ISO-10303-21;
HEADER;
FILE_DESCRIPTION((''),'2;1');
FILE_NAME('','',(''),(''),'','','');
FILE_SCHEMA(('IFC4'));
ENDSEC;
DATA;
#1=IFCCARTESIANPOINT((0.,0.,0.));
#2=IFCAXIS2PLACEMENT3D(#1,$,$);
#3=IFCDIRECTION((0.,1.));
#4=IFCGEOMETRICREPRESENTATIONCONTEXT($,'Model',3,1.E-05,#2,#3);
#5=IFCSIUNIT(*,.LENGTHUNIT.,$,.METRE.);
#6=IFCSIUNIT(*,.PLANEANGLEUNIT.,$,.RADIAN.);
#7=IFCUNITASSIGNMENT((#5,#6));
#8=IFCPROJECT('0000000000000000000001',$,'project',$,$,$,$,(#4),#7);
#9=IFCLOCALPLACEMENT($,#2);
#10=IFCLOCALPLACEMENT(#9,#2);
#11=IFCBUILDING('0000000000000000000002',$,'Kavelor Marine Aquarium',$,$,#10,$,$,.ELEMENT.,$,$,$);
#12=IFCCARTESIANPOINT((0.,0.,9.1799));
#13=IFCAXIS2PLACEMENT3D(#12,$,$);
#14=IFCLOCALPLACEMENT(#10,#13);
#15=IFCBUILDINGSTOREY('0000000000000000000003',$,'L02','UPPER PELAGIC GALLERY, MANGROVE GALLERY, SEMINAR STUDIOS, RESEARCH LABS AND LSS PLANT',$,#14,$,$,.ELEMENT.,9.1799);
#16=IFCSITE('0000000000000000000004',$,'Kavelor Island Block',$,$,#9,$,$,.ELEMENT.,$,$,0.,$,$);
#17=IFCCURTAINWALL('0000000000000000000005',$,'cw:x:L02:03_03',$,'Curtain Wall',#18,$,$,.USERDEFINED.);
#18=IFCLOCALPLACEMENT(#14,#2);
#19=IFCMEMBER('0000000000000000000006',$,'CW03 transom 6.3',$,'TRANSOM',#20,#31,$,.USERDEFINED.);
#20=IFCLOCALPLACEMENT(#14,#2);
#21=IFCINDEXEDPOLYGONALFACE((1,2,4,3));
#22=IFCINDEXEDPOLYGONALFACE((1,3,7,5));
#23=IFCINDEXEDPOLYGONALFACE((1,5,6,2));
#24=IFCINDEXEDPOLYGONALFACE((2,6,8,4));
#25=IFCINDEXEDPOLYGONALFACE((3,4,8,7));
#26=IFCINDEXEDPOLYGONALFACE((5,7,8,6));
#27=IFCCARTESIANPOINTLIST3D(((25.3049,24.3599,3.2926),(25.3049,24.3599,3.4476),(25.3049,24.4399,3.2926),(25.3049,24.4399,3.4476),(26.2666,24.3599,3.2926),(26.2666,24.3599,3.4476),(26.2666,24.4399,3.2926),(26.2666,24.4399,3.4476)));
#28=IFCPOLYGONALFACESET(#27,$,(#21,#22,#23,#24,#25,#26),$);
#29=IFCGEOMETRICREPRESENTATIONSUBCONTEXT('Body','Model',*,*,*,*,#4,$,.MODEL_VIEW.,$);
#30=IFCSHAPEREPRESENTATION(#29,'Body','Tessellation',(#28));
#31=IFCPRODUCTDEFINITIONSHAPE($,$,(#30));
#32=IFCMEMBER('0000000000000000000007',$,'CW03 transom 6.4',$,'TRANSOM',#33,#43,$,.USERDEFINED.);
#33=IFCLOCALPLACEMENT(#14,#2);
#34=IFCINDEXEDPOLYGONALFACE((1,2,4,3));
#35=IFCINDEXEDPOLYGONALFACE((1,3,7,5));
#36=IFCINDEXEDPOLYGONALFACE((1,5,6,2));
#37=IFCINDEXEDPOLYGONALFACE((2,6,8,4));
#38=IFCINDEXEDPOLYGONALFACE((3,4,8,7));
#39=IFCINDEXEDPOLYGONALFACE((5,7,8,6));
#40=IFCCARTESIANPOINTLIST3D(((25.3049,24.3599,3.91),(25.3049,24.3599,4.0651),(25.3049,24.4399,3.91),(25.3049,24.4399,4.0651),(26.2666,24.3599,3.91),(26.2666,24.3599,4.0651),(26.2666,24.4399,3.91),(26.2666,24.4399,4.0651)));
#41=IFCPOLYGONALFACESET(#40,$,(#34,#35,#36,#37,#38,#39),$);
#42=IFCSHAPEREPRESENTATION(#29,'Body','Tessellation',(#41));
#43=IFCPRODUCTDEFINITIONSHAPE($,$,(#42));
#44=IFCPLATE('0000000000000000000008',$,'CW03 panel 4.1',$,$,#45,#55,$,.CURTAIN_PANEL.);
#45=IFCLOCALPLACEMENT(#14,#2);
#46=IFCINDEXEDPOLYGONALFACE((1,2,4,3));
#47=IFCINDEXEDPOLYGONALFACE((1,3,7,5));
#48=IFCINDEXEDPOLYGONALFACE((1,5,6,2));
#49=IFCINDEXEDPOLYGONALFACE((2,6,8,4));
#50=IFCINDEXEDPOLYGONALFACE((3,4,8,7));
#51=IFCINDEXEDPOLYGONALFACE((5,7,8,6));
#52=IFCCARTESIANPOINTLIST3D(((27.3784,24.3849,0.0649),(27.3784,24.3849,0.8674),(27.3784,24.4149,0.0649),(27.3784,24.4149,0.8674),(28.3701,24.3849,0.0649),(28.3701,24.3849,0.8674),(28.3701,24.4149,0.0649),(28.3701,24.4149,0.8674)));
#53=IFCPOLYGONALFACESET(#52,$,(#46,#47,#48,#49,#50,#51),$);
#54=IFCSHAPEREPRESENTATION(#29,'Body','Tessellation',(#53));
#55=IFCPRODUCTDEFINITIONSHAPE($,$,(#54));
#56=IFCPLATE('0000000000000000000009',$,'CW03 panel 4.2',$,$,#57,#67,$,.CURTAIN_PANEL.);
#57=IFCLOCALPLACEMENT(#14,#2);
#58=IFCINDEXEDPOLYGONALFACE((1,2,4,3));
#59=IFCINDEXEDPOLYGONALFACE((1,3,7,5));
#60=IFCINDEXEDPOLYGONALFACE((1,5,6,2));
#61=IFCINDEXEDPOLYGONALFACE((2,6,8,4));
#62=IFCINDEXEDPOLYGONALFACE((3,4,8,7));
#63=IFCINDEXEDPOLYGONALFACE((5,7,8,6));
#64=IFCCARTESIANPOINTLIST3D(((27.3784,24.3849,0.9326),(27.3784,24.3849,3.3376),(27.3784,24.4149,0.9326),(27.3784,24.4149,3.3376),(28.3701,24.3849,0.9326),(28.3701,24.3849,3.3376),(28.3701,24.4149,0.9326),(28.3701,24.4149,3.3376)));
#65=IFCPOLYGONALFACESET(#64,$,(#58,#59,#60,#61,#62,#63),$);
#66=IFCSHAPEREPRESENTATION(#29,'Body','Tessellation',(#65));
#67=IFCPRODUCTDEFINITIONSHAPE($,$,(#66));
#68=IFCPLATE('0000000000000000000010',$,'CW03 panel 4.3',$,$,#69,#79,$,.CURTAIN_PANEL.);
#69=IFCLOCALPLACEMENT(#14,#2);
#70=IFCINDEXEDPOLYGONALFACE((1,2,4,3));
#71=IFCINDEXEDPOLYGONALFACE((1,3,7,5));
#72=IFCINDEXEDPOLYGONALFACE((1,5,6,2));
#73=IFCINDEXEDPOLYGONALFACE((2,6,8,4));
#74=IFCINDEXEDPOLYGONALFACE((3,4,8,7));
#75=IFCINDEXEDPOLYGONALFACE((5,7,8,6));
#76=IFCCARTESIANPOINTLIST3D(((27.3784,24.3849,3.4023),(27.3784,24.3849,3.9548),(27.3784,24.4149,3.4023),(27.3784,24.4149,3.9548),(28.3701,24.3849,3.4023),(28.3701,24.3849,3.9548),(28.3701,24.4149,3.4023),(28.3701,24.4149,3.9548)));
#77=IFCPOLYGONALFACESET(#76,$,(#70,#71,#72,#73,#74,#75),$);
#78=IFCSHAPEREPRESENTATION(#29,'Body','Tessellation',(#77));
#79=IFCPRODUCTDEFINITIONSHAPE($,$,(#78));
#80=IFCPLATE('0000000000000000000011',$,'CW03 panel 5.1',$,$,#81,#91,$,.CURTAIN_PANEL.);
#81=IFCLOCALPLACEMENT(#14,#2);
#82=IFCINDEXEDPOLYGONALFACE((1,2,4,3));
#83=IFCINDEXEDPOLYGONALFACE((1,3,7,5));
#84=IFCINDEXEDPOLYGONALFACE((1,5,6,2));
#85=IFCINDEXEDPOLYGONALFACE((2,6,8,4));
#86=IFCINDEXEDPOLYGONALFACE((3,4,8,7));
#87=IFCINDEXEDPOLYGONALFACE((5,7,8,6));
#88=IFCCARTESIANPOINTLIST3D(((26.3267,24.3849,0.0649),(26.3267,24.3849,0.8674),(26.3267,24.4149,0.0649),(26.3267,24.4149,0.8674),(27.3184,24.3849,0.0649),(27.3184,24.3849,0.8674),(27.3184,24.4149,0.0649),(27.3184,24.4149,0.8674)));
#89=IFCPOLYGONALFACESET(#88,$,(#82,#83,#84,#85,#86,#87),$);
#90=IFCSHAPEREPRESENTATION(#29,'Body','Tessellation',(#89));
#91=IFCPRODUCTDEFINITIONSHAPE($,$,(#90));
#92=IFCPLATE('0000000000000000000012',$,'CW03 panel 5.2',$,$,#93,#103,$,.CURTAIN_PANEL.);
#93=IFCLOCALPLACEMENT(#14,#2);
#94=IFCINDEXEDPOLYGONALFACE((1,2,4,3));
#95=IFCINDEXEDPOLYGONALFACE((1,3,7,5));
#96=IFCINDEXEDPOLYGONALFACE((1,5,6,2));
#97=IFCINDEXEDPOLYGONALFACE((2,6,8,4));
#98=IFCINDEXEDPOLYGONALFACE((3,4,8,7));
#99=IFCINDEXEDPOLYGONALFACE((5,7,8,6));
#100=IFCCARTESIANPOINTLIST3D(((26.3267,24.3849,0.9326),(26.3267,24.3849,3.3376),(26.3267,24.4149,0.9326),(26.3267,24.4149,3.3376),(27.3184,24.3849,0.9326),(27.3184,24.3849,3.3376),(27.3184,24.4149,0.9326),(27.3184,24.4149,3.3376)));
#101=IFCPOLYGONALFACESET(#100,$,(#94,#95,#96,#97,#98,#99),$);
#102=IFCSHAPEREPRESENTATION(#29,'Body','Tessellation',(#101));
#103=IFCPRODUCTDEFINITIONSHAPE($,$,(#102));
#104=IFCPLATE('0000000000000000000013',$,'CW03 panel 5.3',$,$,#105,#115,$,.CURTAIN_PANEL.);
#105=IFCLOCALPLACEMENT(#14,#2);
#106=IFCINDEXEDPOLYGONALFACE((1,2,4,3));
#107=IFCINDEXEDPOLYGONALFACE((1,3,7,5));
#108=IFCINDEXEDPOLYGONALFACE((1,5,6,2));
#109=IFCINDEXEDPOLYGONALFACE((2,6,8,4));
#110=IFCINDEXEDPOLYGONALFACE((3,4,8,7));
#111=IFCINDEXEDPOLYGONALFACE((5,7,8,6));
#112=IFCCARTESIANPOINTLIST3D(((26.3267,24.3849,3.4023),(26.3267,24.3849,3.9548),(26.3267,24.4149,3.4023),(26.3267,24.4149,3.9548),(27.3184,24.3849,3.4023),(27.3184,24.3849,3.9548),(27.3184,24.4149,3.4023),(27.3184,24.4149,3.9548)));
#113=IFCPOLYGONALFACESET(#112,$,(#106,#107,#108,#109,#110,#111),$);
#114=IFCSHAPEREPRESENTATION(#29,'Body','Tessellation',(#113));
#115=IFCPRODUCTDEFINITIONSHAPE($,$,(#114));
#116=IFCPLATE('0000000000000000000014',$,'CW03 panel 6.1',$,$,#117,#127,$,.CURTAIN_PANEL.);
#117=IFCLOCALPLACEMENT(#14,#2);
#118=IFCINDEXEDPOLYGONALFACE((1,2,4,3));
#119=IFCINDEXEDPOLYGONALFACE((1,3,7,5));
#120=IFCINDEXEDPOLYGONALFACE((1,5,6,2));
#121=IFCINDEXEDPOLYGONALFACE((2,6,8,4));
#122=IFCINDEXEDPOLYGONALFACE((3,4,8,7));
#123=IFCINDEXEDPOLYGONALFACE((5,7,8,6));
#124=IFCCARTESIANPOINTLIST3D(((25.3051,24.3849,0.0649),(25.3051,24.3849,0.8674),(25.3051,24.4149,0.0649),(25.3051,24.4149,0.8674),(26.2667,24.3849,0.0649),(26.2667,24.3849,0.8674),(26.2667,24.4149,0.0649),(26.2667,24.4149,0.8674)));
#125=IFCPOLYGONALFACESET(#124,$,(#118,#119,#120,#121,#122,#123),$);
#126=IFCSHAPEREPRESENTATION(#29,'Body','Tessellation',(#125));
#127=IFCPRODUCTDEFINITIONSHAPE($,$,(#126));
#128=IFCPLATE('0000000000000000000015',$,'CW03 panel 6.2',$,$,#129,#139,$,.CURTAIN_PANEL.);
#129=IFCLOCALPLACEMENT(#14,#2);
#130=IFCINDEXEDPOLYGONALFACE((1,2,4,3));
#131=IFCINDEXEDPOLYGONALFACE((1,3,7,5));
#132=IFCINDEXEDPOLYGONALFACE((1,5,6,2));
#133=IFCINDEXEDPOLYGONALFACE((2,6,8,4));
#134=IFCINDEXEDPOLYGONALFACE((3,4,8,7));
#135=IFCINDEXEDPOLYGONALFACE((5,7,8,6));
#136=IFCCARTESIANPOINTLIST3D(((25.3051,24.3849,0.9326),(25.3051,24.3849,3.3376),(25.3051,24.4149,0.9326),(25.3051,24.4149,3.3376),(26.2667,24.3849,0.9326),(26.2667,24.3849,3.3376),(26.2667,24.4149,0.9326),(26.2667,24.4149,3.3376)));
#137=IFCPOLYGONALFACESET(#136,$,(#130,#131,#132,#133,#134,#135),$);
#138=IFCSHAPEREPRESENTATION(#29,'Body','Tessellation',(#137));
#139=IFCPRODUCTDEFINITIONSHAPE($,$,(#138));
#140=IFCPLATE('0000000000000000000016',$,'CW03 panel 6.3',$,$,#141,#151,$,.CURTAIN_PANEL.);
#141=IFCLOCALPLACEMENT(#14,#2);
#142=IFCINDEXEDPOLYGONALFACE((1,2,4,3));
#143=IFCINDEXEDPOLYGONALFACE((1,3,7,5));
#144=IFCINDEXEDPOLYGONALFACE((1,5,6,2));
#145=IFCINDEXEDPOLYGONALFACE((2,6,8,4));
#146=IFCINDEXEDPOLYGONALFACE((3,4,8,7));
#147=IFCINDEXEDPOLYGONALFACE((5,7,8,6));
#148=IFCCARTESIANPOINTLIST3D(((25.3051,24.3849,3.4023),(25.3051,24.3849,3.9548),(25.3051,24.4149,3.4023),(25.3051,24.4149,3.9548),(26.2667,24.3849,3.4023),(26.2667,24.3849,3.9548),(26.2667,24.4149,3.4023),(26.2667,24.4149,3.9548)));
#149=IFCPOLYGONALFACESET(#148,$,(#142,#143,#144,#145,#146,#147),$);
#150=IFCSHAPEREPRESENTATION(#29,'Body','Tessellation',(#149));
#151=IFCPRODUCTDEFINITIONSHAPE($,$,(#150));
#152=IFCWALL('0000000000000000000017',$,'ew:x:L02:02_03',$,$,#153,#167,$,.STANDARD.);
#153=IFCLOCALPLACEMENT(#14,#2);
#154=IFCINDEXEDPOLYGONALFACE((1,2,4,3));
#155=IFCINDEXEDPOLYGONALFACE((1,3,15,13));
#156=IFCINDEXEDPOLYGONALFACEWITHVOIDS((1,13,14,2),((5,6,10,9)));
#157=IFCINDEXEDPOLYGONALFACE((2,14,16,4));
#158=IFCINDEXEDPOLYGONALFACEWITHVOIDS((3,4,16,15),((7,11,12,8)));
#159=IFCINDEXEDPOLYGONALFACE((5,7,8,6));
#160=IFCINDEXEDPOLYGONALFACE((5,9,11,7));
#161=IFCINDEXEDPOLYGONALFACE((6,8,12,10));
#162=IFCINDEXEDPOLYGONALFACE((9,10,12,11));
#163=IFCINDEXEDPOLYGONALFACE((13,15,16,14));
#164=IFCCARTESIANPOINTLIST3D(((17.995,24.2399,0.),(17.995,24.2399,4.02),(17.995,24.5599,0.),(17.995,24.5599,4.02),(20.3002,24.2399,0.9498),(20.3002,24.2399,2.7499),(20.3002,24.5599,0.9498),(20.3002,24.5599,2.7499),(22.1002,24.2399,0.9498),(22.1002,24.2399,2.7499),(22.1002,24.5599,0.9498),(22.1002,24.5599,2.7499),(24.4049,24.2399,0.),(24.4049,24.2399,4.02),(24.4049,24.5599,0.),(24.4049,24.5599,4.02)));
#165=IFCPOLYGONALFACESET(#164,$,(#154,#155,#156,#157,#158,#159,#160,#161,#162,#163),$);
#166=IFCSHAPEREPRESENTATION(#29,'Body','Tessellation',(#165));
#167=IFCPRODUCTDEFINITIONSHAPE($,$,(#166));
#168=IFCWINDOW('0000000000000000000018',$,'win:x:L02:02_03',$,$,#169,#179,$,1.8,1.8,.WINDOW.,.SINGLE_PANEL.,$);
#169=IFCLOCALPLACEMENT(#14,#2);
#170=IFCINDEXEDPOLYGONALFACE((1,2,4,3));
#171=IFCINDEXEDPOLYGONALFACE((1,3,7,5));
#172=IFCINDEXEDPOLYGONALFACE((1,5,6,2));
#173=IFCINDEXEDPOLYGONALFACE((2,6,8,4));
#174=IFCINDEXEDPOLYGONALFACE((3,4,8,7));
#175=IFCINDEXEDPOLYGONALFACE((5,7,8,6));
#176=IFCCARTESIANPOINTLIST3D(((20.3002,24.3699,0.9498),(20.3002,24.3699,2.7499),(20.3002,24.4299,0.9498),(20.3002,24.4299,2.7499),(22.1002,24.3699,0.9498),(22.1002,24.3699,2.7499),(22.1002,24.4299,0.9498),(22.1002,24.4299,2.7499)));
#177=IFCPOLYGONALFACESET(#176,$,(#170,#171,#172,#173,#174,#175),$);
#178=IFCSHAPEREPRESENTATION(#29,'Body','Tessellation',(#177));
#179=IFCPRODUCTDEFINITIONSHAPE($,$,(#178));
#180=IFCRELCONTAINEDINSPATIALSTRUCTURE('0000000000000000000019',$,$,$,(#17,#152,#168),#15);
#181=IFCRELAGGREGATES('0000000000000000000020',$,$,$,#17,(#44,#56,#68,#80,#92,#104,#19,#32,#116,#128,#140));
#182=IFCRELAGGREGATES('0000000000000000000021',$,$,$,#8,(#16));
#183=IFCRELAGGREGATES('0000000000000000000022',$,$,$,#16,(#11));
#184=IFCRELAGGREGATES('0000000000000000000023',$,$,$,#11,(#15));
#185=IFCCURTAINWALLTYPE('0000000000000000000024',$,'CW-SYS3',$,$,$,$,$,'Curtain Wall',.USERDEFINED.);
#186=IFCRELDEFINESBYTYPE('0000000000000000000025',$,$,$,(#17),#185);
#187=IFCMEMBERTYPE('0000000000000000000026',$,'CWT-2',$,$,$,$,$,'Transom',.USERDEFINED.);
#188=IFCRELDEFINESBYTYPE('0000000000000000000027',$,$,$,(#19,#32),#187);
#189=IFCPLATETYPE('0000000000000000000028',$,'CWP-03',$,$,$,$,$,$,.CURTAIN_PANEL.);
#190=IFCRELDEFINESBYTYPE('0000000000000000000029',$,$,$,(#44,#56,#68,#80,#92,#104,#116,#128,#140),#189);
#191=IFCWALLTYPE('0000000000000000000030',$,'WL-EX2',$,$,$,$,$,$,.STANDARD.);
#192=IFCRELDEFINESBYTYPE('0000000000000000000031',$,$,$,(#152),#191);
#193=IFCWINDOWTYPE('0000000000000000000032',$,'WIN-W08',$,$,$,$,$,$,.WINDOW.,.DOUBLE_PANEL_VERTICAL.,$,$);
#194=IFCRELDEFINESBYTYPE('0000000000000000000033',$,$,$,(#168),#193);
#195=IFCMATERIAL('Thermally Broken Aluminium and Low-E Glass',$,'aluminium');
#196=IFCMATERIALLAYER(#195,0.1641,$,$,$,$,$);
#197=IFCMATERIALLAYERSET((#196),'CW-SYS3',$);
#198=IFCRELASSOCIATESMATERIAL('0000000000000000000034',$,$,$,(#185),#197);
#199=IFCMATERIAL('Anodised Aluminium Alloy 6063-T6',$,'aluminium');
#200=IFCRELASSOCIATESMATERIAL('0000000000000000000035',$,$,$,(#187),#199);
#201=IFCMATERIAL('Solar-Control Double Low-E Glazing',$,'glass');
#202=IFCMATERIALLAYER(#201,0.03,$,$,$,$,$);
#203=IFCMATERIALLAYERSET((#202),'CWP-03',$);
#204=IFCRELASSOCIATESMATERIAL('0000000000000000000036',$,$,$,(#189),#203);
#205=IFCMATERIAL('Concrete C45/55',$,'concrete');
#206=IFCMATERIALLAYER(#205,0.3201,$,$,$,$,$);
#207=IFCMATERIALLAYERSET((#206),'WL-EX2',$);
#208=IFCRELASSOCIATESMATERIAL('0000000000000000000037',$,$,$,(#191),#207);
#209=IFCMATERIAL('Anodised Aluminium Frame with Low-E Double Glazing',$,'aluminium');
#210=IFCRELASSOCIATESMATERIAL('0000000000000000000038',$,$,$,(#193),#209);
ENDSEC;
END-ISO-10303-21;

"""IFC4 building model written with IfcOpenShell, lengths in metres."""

from ifc_helpers import new_model, si_unit, direction, frame, frame_2d, origin, origin_2d, place, context, subcontext, project, spatial, rectangle, extrude, material, layer, layer_set, material_profile, profile_set, type_object, element, fill, aggregate, save


model = new_model("IFC4")

# Units and contexts
model_context = context("Model", 3, precision=1e-05, world=origin(), true_north=direction((0.0, 1.0)))
body_context = subcontext(model_context, "Body", "Model", "MODEL_VIEW")
ifc_project = project(units=[si_unit("LENGTHUNIT", "METRE"), si_unit("PLANEANGLEUNIT", "RADIAN")], contexts=[model_context])

# Site, building, storey
site_placement = place(None, origin())
site = spatial("IfcSite", under=ifc_project, at=site_placement, Name="Kavelor Island Block", CompositionType="ELEMENT", RefElevation=0.0)
building_placement = place(site_placement, origin())
building = spatial("IfcBuilding", under=site, at=building_placement, Name="Kavelor Marine Aquarium", CompositionType="ELEMENT")
storey_placement = place(building_placement, frame((0.0, 0.0, 9.1799)))
storey = spatial("IfcBuildingStorey", under=building, at=storey_placement, Name="L02", Description="UPPER PELAGIC GALLERY, MANGROVE GALLERY, SEMINAR STUDIOS, RESEARCH LABS AND LSS PLANT", CompositionType="ELEMENT", Elevation=9.1799)

# Curtain wall, members, plates
ifc_material_1 = material(Name="Thermally Broken Aluminium and Low-E Glass", Category="aluminium")
ifc_layer_1 = layer(ifc_material_1, 0.1641)
ifc_layer_set_1 = layer_set([ifc_layer_1], Name="CW-SYS3")
curtain_wall_type = type_object("IfcCurtainWallType", Name="CW-SYS3", ElementType="Curtain Wall", PredefinedType="USERDEFINED", material=ifc_layer_set_1)
curtain_wall_placement = place(storey_placement, origin())
curtain_wall = element("IfcCurtainWall", 1, at=curtain_wall_placement, inside=storey, type_object=curtain_wall_type, Name="cw:x:L02:03_03", ObjectType="Curtain Wall", PredefinedType="USERDEFINED")
ifc_material_2 = material(Name="Anodised Aluminium Alloy 6063-T6", Category="aluminium")
ifc_material_profile_1 = material_profile(ifc_material_2, rectangle(XDim=0.0801, YDim=0.155, at=origin_2d()), Name="CW-TRN 80x155")
ifc_profile_set_1 = profile_set([ifc_material_profile_1], Name="Anodised Aluminium Alloy 6063-T6")
member_type_1 = type_object("IfcMemberType", Name="CWT-2", ElementType="Transom", PredefinedType="USERDEFINED", material=ifc_profile_set_1)
member_1_placement = place(storey_placement, frame((26.2666, 24.3999, 3.3701), z_axis=(-1.0, 0.0, 0.0), x_axis=(0.0, -1.0, 0.0)))
member_1 = element("IfcMember", 2, at=member_1_placement, type_object=member_type_1, Name="CW03 transom 6.3", ObjectType="TRANSOM", PredefinedType="USERDEFINED", context=body_context, shape_type="SweptSolid", body=[
    extrude(rectangle(XDim=0.0801, YDim=0.155, at=origin_2d()), origin(), (0.0, 0.0, 1.0), 0.9617),
])
member_2_placement = place(storey_placement, frame((26.2666, 24.3999, 3.9875), z_axis=(-1.0, 0.0, 0.0), x_axis=(0.0, -1.0, 0.0)))
member_2 = element("IfcMember", 3, at=member_2_placement, type_object=member_type_1, Name="CW03 transom 6.4", ObjectType="TRANSOM", PredefinedType="USERDEFINED", context=body_context, shape_type="SweptSolid", body=[
    extrude(rectangle(XDim=0.0801, YDim=0.155, at=origin_2d()), origin(), (0.0, 0.0, 1.0), 0.9617),
])
ifc_material_3 = material(Name="Solar-Control Double Low-E Glazing", Category="glass")
ifc_layer_2 = layer(ifc_material_3, 0.03)
ifc_layer_set_2 = layer_set([ifc_layer_2], Name="CWP-03")
plate_type = type_object("IfcPlateType", Name="CWP-03", PredefinedType="CURTAIN_PANEL", material=ifc_layer_set_2)
plate_1_placement = place(storey_placement, frame((27.8743, 24.3999, 0.0649), z_axis=(0.0, 0.0, 1.0), x_axis=(-1.0, 0.0, 0.0)))
plate_1 = element("IfcPlate", 4, at=plate_1_placement, type_object=plate_type, Name="CW03 panel 4.1", PredefinedType="CURTAIN_PANEL", context=body_context, shape_type="SweptSolid", body=[
    extrude(rectangle(XDim=0.9917, YDim=0.03, at=origin_2d()), origin(), (0.0, 0.0, 1.0), 0.8025),
])
plate_2_placement = place(storey_placement, frame((27.8743, 24.3999, 0.9326), z_axis=(0.0, 0.0, 1.0), x_axis=(-1.0, 0.0, 0.0)))
plate_2 = element("IfcPlate", 5, at=plate_2_placement, type_object=plate_type, Name="CW03 panel 4.2", PredefinedType="CURTAIN_PANEL", context=body_context, shape_type="SweptSolid", body=[
    extrude(rectangle(XDim=0.9917, YDim=0.03, at=origin_2d()), origin(), (0.0, 0.0, 1.0), 2.405),
])
plate_3_placement = place(storey_placement, frame((27.8743, 24.3999, 3.4023), z_axis=(0.0, 0.0, 1.0), x_axis=(-1.0, 0.0, 0.0)))
plate_3 = element("IfcPlate", 6, at=plate_3_placement, type_object=plate_type, Name="CW03 panel 4.3", PredefinedType="CURTAIN_PANEL", context=body_context, shape_type="SweptSolid", body=[
    extrude(rectangle(XDim=0.9917, YDim=0.03, at=origin_2d()), origin(), (0.0, 0.0, 1.0), 0.5525),
])
plate_4_placement = place(storey_placement, frame((26.8225, 24.3999, 0.0649), z_axis=(0.0, 0.0, 1.0), x_axis=(-1.0, 0.0, 0.0)))
plate_4 = element("IfcPlate", 7, at=plate_4_placement, type_object=plate_type, Name="CW03 panel 5.1", PredefinedType="CURTAIN_PANEL", context=body_context, shape_type="SweptSolid", body=[
    extrude(rectangle(XDim=0.9917, YDim=0.03, at=origin_2d()), origin(), (0.0, 0.0, 1.0), 0.8025),
])
plate_5_placement = place(storey_placement, frame((26.8225, 24.3999, 0.9326), z_axis=(0.0, 0.0, 1.0), x_axis=(-1.0, 0.0, 0.0)))
plate_5 = element("IfcPlate", 8, at=plate_5_placement, type_object=plate_type, Name="CW03 panel 5.2", PredefinedType="CURTAIN_PANEL", context=body_context, shape_type="SweptSolid", body=[
    extrude(rectangle(XDim=0.9917, YDim=0.03, at=origin_2d()), origin(), (0.0, 0.0, 1.0), 2.405),
])
plate_6_placement = place(storey_placement, frame((26.8225, 24.3999, 3.4023), z_axis=(0.0, 0.0, 1.0), x_axis=(-1.0, 0.0, 0.0)))
plate_6 = element("IfcPlate", 9, at=plate_6_placement, type_object=plate_type, Name="CW03 panel 5.3", PredefinedType="CURTAIN_PANEL", context=body_context, shape_type="SweptSolid", body=[
    extrude(rectangle(XDim=0.9917, YDim=0.03, at=origin_2d()), origin(), (0.0, 0.0, 1.0), 0.5525),
])
plate_7_placement = place(storey_placement, frame((25.7859, 24.3999, 0.0649), z_axis=(0.0, 0.0, 1.0), x_axis=(-1.0, 0.0, 0.0)))
plate_7 = element("IfcPlate", 10, at=plate_7_placement, type_object=plate_type, Name="CW03 panel 6.1", PredefinedType="CURTAIN_PANEL", context=body_context, shape_type="SweptSolid", body=[
    extrude(rectangle(XDim=0.9617, YDim=0.03, at=origin_2d()), origin(), (0.0, 0.0, 1.0), 0.8025),
])
plate_8_placement = place(storey_placement, frame((25.7859, 24.3999, 0.9326), z_axis=(0.0, 0.0, 1.0), x_axis=(-1.0, 0.0, 0.0)))
plate_8 = element("IfcPlate", 11, at=plate_8_placement, type_object=plate_type, Name="CW03 panel 6.2", PredefinedType="CURTAIN_PANEL", context=body_context, shape_type="SweptSolid", body=[
    extrude(rectangle(XDim=0.9617, YDim=0.03, at=origin_2d()), origin(), (0.0, 0.0, 1.0), 2.405),
])
plate_9_placement = place(storey_placement, frame((25.7859, 24.3999, 3.4023), z_axis=(0.0, 0.0, 1.0), x_axis=(-1.0, 0.0, 0.0)))
plate_9 = element("IfcPlate", 12, at=plate_9_placement, type_object=plate_type, Name="CW03 panel 6.3", PredefinedType="CURTAIN_PANEL", context=body_context, shape_type="SweptSolid", body=[
    extrude(rectangle(XDim=0.9617, YDim=0.03, at=origin_2d()), origin(), (0.0, 0.0, 1.0), 0.5525),
])
aggregate(curtain_wall, [plate_1, plate_2, plate_3, plate_4, plate_5, plate_6, member_1, member_2, plate_7, plate_8, plate_9])

# Wall, opening, window
ifc_material_4 = material(Name="Concrete C45/55", Category="concrete")
ifc_layer_3 = layer(ifc_material_4, 0.3201)
ifc_layer_set_3 = layer_set([ifc_layer_3], Name="WL-EX2")
wall_type = type_object("IfcWallType", Name="WL-EX2", PredefinedType="STANDARD", material=ifc_layer_set_3)
wall_placement = place(storey_placement, frame((24.405, 24.3999, 0.0), z_axis=(0.0, 0.0, 1.0), x_axis=(-1.0, 0.0, 0.0)))
wall = element("IfcWall", 13, at=wall_placement, inside=storey, type_object=wall_type, Name="ew:x:L02:02_03", PredefinedType="STANDARD", context=body_context, shape_type="SweptSolid", body=[
    extrude(rectangle(XDim=6.4099, YDim=0.3201, at=frame_2d((3.2051, 0.0))), origin(), (0.0, 0.0, 1.0), 4.02),
])
opening_placement = place(wall_placement, frame((2.3049, 0.0, 0.95)))
opening = element("IfcOpeningElement", 14, at=opening_placement, cuts=wall, PredefinedType="OPENING", context=body_context, shape_type="SweptSolid", body=[
    extrude(rectangle(XDim=1.8, YDim=1.8, at=frame_2d((0.8999, 0.8999))), frame((0.0, 0.1699, 0.0), z_axis=(0.0, -1.0, 0.0), x_axis=(1.0, 0.0, 0.0)), (0.0, 0.0, 1.0), 0.3401),
])
ifc_material_5 = material(Name="Anodised Aluminium Frame with Low-E Double Glazing", Category="aluminium")
window_type = type_object("IfcWindowType", Name="WIN-W08", PartitioningType="DOUBLE_PANEL_VERTICAL", PredefinedType="WINDOW", material=ifc_material_5)
window_placement = place(opening_placement, origin())
window = element("IfcWindow", 15, at=window_placement, inside=storey, type_object=window_type, Name="win:x:L02:02_03", OverallHeight=1.8, OverallWidth=1.8, PartitioningType="SINGLE_PANEL", PredefinedType="WINDOW", context=body_context, shape_type="SweptSolid", body=[
    extrude(rectangle(XDim=1.8, YDim=1.8, at=frame_2d((0.8999, 0.8999))), frame((0.0, 0.03, 0.0), z_axis=(0.0, -1.0, 0.0), x_axis=(1.0, 0.0, 0.0)), (0.0, 0.0, 1.0), 0.0601),
])
fill(opening, window)

save(model, "model.ifc")
